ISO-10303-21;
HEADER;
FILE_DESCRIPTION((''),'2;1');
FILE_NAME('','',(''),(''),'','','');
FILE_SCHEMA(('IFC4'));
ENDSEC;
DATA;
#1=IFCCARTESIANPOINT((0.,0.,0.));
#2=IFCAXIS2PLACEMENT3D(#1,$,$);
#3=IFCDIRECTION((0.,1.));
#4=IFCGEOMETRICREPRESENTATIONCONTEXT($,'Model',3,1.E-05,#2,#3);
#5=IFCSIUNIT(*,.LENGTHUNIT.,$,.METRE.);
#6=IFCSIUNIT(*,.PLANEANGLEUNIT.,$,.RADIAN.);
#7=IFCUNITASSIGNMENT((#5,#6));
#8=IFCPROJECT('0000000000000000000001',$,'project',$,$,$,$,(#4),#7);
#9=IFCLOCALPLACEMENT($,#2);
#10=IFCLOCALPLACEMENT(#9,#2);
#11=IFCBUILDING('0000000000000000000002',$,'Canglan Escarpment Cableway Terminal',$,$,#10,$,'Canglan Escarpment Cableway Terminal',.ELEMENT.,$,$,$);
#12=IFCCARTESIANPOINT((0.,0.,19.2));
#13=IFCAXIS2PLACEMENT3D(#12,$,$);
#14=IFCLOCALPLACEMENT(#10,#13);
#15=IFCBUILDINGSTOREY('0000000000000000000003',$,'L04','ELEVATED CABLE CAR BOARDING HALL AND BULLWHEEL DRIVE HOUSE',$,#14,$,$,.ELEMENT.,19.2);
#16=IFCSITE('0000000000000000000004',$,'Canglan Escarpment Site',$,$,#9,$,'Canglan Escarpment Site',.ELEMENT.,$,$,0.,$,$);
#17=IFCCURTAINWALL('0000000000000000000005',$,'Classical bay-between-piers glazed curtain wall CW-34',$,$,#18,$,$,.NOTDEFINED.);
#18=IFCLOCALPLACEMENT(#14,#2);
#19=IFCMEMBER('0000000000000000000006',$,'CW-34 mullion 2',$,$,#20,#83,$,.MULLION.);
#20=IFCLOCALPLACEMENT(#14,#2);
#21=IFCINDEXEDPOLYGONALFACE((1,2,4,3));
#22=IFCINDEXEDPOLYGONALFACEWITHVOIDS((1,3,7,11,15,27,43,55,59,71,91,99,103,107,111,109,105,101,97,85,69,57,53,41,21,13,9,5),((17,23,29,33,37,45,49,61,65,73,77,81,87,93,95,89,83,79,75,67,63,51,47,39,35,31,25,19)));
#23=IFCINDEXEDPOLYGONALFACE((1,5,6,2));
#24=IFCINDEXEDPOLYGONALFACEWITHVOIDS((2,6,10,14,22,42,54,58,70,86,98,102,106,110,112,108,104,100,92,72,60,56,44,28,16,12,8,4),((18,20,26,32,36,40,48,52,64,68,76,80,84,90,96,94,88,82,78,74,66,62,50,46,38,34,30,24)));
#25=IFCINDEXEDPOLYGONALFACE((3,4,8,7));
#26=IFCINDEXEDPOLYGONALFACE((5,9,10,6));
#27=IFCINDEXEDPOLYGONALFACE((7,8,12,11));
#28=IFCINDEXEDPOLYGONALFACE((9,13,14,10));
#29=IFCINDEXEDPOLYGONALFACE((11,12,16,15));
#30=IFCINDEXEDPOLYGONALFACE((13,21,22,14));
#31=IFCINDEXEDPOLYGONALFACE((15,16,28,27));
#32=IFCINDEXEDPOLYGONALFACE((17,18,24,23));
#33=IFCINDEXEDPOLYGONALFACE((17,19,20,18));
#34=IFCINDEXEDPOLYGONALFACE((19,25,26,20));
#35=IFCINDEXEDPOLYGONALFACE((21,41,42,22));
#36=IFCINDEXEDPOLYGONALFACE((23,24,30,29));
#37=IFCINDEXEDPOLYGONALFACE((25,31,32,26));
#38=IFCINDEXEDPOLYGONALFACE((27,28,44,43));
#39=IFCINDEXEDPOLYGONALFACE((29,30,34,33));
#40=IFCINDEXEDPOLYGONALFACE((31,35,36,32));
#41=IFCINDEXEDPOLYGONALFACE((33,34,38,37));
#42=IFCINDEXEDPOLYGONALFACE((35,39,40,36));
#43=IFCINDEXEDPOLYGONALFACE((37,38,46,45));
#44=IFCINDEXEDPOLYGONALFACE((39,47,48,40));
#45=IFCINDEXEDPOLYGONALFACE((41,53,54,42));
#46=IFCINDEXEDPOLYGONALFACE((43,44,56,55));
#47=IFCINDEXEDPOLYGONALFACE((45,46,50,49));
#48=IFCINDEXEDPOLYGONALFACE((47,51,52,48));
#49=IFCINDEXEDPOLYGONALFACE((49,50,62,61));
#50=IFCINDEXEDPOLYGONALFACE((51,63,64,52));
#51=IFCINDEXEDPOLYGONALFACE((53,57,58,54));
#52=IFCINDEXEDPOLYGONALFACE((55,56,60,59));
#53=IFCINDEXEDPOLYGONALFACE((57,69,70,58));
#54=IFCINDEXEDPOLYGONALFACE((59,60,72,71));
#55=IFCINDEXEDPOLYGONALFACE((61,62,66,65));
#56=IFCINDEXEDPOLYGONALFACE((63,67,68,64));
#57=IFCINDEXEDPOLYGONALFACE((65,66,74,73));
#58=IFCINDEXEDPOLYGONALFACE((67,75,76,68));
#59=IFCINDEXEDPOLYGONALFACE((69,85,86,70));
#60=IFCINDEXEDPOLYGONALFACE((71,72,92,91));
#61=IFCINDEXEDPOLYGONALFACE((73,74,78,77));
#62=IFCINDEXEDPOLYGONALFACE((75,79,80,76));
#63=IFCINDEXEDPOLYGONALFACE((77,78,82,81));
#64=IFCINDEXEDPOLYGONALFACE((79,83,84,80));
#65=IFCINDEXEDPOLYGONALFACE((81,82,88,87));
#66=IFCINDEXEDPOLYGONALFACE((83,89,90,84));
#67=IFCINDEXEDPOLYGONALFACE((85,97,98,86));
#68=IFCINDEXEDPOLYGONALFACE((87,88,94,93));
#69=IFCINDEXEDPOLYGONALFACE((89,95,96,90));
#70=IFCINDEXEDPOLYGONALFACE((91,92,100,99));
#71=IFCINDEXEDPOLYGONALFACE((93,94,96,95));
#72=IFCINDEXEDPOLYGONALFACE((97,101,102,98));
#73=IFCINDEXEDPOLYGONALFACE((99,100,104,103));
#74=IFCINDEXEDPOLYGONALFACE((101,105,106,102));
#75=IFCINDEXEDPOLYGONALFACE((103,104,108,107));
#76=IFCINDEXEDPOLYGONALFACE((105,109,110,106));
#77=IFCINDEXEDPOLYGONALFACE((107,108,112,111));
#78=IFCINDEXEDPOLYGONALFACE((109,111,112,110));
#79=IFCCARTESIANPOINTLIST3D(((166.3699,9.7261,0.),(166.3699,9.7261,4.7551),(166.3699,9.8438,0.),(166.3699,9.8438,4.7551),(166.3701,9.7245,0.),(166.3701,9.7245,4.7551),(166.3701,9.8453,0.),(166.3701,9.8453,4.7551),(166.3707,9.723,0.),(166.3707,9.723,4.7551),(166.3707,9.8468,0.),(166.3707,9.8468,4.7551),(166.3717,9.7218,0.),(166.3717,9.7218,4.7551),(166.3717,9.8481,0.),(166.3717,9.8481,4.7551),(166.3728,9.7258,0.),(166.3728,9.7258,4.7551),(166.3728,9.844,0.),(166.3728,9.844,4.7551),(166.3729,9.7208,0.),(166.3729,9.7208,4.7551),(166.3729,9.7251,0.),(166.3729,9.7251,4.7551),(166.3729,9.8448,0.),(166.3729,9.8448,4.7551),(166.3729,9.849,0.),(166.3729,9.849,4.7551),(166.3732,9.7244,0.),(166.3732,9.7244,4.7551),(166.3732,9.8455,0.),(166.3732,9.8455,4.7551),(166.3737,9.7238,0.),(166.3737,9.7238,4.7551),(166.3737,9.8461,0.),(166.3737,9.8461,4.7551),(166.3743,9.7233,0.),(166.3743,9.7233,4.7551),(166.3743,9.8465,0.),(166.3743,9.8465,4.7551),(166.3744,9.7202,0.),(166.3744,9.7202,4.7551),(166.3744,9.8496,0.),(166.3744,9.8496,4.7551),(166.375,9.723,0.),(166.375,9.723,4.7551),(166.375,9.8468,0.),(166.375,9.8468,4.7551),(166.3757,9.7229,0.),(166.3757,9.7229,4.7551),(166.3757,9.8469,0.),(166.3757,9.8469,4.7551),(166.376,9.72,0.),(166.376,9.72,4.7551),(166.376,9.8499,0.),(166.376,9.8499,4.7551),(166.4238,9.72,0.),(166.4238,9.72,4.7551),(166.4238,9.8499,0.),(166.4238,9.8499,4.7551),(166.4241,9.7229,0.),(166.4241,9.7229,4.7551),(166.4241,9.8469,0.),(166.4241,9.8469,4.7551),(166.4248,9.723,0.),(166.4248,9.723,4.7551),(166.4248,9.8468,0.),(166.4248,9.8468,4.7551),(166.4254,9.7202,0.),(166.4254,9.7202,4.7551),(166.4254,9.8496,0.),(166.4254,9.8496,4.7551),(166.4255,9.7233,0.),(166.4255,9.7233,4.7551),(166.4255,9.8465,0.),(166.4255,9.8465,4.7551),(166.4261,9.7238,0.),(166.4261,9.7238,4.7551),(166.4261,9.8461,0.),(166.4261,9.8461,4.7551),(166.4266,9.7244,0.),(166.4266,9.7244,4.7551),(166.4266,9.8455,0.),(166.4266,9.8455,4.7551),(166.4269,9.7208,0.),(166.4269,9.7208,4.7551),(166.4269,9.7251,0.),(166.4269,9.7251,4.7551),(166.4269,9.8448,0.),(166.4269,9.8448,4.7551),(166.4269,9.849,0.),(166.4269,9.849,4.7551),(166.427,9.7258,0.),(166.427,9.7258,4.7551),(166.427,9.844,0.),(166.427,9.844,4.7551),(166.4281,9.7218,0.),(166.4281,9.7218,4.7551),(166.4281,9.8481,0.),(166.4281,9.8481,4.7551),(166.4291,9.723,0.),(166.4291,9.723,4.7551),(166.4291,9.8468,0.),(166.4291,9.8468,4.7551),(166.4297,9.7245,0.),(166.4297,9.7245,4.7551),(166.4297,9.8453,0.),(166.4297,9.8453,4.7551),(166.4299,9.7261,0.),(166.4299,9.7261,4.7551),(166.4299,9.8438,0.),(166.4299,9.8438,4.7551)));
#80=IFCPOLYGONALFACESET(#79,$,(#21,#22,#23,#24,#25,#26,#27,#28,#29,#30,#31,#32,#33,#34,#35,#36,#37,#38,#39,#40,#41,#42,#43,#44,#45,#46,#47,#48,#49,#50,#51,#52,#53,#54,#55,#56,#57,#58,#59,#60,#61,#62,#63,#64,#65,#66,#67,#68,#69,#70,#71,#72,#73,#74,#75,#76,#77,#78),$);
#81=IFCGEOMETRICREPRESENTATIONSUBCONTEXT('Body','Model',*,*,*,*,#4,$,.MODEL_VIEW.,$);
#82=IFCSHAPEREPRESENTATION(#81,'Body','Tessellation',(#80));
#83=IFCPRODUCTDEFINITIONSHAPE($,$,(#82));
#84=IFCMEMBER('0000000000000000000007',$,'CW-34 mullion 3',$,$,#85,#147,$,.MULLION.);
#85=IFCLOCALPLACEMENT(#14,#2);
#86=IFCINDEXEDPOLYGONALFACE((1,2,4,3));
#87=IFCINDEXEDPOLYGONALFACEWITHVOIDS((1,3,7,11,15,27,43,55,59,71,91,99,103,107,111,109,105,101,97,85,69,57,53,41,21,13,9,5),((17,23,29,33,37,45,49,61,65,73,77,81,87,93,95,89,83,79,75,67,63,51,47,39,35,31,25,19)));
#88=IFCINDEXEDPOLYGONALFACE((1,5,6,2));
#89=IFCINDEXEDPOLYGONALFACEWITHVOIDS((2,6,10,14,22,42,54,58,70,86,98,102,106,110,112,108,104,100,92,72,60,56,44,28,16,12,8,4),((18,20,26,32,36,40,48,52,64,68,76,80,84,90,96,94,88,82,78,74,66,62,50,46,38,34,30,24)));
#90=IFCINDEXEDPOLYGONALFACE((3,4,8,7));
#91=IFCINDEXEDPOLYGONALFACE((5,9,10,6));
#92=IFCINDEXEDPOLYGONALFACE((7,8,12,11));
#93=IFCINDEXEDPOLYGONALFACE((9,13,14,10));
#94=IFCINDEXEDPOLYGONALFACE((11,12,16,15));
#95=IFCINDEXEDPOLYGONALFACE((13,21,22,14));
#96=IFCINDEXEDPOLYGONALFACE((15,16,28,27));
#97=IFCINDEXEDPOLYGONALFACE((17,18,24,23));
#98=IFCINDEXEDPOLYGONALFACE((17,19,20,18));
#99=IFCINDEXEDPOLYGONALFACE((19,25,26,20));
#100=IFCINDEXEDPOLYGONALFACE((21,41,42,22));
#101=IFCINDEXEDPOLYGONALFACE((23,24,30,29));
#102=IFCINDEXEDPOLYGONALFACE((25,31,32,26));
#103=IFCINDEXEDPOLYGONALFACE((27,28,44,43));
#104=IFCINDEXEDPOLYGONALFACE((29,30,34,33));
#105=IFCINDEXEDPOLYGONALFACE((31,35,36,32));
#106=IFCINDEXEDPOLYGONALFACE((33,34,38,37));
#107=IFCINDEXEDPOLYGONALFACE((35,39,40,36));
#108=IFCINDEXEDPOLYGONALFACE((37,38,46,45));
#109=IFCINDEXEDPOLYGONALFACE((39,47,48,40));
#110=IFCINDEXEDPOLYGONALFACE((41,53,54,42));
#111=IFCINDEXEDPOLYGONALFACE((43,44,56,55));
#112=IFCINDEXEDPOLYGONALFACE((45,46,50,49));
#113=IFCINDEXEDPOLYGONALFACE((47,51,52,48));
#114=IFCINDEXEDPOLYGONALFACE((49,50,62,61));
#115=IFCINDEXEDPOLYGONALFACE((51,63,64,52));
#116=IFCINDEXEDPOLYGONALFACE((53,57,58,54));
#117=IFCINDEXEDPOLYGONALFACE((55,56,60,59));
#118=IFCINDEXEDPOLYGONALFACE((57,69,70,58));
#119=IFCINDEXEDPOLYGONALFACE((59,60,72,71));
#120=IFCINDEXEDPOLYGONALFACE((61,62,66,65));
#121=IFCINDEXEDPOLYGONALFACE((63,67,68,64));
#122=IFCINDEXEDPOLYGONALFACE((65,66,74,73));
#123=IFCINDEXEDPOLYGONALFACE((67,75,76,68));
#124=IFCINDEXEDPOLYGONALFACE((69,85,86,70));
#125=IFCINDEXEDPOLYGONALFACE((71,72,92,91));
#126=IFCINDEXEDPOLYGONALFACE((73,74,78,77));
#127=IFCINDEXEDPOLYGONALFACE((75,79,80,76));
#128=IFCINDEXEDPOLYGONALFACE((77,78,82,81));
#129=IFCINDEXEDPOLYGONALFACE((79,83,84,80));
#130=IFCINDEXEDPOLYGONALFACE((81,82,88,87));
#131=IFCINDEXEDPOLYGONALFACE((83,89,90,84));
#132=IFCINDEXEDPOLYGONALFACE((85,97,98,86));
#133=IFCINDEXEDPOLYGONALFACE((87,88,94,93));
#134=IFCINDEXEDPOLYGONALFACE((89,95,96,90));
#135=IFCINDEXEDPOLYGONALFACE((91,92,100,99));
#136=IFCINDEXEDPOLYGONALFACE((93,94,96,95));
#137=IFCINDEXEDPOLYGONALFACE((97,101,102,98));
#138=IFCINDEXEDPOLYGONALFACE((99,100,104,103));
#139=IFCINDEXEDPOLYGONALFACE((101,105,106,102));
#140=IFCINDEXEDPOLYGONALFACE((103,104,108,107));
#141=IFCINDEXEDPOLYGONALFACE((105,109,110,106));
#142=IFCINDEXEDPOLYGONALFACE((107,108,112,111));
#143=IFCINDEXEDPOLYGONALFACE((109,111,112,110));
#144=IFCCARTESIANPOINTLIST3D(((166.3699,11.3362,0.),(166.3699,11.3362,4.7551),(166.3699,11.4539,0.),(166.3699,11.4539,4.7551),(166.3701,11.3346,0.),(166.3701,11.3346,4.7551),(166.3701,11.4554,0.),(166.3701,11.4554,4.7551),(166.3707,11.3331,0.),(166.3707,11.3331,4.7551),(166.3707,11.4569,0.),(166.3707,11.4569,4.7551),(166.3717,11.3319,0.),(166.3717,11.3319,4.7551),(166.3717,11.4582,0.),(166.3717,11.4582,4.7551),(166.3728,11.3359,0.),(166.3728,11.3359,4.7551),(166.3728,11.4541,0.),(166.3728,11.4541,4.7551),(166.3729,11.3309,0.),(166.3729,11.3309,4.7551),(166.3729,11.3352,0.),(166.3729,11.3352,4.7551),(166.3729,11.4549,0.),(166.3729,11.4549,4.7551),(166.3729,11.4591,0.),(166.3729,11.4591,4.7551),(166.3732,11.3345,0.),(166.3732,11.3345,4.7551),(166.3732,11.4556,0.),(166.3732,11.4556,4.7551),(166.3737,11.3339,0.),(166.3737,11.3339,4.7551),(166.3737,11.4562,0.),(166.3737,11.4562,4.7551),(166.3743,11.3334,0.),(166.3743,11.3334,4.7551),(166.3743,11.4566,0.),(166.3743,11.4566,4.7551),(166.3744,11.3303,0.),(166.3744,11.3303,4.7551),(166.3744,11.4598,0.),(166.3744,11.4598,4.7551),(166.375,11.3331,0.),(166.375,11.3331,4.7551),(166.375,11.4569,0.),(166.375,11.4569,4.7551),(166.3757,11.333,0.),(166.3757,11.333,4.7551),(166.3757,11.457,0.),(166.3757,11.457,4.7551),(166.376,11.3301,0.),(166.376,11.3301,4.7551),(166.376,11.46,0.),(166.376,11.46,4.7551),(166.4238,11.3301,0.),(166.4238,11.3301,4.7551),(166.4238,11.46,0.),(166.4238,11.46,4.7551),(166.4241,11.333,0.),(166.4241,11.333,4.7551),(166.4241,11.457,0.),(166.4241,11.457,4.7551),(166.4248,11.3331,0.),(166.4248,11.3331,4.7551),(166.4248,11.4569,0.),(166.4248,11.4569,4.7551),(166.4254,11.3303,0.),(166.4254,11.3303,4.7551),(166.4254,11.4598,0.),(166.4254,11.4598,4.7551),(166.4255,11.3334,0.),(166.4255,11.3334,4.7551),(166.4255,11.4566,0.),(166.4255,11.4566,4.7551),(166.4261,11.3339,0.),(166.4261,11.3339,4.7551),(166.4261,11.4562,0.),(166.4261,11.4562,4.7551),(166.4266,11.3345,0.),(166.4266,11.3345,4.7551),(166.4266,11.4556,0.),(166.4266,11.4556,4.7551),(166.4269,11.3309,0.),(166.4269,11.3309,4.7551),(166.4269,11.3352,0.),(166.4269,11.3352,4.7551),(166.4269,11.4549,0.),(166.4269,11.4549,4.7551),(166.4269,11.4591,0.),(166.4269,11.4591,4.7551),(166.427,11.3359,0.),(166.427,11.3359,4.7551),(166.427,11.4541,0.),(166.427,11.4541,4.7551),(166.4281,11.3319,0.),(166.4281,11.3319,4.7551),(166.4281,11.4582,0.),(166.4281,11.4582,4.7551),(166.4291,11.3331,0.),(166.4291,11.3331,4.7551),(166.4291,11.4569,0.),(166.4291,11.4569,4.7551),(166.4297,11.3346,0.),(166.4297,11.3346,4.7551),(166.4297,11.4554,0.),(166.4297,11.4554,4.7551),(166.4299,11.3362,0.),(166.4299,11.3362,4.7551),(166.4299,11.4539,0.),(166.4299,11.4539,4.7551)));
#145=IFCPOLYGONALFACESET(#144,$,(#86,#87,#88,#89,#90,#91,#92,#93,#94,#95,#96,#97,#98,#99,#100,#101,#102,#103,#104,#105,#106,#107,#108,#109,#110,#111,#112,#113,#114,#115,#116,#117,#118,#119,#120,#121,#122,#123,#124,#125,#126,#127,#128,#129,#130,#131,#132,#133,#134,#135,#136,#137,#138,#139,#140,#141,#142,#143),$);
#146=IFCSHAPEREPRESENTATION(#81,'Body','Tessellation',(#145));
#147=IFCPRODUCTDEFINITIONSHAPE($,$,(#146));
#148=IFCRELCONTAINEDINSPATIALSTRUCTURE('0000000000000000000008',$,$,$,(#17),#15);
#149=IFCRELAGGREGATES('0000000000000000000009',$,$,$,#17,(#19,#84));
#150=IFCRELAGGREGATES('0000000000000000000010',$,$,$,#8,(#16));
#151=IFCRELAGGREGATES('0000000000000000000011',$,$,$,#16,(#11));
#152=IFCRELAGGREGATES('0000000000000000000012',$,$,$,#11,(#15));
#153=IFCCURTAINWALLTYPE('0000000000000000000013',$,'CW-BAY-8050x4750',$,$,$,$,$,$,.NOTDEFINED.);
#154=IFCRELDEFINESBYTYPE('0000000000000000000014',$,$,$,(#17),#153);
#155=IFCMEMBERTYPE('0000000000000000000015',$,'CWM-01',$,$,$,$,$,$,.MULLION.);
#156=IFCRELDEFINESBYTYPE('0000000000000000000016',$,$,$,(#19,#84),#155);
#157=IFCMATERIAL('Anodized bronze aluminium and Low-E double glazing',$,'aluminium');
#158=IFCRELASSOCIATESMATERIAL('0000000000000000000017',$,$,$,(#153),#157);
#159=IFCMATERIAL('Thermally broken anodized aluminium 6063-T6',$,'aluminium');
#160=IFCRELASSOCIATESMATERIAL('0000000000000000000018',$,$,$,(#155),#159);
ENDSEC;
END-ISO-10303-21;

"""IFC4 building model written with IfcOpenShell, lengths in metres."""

from ifc_helpers import new_model, si_unit, direction, frame, origin, origin_2d, place, context, subcontext, project, spatial, hollow_rectangle, extrude, material, material_profile, profile_set, type_object, element, aggregate, save


model = new_model("IFC4")

# Units and contexts
model_context = context("Model", 3, precision=1e-05, world=origin(), true_north=direction((0.0, 1.0)))
body_context = subcontext(model_context, "Body", "Model", "MODEL_VIEW")
ifc_project = project(units=[si_unit("LENGTHUNIT", "METRE"), si_unit("PLANEANGLEUNIT", "RADIAN")], contexts=[model_context])

# Site, building, storey
site_placement = place(None, origin())
site = spatial("IfcSite", under=ifc_project, at=site_placement, Name="Canglan Escarpment Site", LongName="Canglan Escarpment Site", CompositionType="ELEMENT", RefElevation=0.0)
building_placement = place(site_placement, origin())
building = spatial("IfcBuilding", under=site, at=building_placement, Name="Canglan Escarpment Cableway Terminal", LongName="Canglan Escarpment Cableway Terminal", CompositionType="ELEMENT")
storey_placement = place(building_placement, frame((0.0, 0.0, 19.2)))
storey = spatial("IfcBuildingStorey", under=building, at=storey_placement, Name="L04", Description="ELEVATED CABLE CAR BOARDING HALL AND BULLWHEEL DRIVE HOUSE", CompositionType="ELEMENT", Elevation=19.2)

# Curtain wall, members
ifc_material_1 = material(Name="Anodized bronze aluminium and Low-E double glazing", Category="aluminium")
curtain_wall_type_1 = type_object("IfcCurtainWallType", Name="CW-BAY-8050x4750", PredefinedType="NOTDEFINED", material=ifc_material_1)
curtain_wall_1_placement = place(storey_placement, origin())
curtain_wall_1 = element("IfcCurtainWall", 1, at=curtain_wall_1_placement, inside=storey, type_object=curtain_wall_type_1, Name="Classical bay-between-piers glazed curtain wall CW-34", PredefinedType="NOTDEFINED")
ifc_material_2 = material(Name="Thermally broken anodized aluminium 6063-T6", Category="aluminium")
ifc_material_profile_1 = material_profile(ifc_material_2, hollow_rectangle(XDim=0.0601, YDim=0.1299, WallThickness=0.0029, InnerFilletRadius=0.0029, OuterFilletRadius=0.0061, at=origin_2d()), Name="ALU-MULL 60x130x3")
ifc_profile_set_1 = profile_set([ifc_material_profile_1], Name="Thermally broken anodized aluminium 6063-T6")
member_type_1 = type_object("IfcMemberType", Name="CWM-01", PredefinedType="MULLION", material=ifc_profile_set_1)
member_1_placement = place(storey_placement, frame((166.3999, 9.7849, 0.0), z_axis=(0.0, 0.0, 1.0), x_axis=(-1.0, 0.0, 0.0)))
member_1 = element("IfcMember", 2, at=member_1_placement, type_object=member_type_1, Name="CW-34 mullion 2", PredefinedType="MULLION", context=body_context, shape_type="SweptSolid", body=[
    extrude(hollow_rectangle(XDim=0.0601, YDim=0.1299, WallThickness=0.0029, InnerFilletRadius=0.0029, OuterFilletRadius=0.0061, at=origin_2d()), origin(), (0.0, 0.0, 1.0), 4.7551),
])
member_2_placement = place(storey_placement, frame((166.3999, 11.395, 0.0), z_axis=(0.0, 0.0, 1.0), x_axis=(-1.0, 0.0, 0.0)))
member_2 = element("IfcMember", 3, at=member_2_placement, type_object=member_type_1, Name="CW-34 mullion 3", PredefinedType="MULLION", context=body_context, shape_type="SweptSolid", body=[
    extrude(hollow_rectangle(XDim=0.0601, YDim=0.1299, WallThickness=0.0029, InnerFilletRadius=0.0029, OuterFilletRadius=0.0061, at=origin_2d()), origin(), (0.0, 0.0, 1.0), 4.7551),
])

aggregate(curtain_wall_1, [member_1, member_2])

save(model, "model.ifc")
